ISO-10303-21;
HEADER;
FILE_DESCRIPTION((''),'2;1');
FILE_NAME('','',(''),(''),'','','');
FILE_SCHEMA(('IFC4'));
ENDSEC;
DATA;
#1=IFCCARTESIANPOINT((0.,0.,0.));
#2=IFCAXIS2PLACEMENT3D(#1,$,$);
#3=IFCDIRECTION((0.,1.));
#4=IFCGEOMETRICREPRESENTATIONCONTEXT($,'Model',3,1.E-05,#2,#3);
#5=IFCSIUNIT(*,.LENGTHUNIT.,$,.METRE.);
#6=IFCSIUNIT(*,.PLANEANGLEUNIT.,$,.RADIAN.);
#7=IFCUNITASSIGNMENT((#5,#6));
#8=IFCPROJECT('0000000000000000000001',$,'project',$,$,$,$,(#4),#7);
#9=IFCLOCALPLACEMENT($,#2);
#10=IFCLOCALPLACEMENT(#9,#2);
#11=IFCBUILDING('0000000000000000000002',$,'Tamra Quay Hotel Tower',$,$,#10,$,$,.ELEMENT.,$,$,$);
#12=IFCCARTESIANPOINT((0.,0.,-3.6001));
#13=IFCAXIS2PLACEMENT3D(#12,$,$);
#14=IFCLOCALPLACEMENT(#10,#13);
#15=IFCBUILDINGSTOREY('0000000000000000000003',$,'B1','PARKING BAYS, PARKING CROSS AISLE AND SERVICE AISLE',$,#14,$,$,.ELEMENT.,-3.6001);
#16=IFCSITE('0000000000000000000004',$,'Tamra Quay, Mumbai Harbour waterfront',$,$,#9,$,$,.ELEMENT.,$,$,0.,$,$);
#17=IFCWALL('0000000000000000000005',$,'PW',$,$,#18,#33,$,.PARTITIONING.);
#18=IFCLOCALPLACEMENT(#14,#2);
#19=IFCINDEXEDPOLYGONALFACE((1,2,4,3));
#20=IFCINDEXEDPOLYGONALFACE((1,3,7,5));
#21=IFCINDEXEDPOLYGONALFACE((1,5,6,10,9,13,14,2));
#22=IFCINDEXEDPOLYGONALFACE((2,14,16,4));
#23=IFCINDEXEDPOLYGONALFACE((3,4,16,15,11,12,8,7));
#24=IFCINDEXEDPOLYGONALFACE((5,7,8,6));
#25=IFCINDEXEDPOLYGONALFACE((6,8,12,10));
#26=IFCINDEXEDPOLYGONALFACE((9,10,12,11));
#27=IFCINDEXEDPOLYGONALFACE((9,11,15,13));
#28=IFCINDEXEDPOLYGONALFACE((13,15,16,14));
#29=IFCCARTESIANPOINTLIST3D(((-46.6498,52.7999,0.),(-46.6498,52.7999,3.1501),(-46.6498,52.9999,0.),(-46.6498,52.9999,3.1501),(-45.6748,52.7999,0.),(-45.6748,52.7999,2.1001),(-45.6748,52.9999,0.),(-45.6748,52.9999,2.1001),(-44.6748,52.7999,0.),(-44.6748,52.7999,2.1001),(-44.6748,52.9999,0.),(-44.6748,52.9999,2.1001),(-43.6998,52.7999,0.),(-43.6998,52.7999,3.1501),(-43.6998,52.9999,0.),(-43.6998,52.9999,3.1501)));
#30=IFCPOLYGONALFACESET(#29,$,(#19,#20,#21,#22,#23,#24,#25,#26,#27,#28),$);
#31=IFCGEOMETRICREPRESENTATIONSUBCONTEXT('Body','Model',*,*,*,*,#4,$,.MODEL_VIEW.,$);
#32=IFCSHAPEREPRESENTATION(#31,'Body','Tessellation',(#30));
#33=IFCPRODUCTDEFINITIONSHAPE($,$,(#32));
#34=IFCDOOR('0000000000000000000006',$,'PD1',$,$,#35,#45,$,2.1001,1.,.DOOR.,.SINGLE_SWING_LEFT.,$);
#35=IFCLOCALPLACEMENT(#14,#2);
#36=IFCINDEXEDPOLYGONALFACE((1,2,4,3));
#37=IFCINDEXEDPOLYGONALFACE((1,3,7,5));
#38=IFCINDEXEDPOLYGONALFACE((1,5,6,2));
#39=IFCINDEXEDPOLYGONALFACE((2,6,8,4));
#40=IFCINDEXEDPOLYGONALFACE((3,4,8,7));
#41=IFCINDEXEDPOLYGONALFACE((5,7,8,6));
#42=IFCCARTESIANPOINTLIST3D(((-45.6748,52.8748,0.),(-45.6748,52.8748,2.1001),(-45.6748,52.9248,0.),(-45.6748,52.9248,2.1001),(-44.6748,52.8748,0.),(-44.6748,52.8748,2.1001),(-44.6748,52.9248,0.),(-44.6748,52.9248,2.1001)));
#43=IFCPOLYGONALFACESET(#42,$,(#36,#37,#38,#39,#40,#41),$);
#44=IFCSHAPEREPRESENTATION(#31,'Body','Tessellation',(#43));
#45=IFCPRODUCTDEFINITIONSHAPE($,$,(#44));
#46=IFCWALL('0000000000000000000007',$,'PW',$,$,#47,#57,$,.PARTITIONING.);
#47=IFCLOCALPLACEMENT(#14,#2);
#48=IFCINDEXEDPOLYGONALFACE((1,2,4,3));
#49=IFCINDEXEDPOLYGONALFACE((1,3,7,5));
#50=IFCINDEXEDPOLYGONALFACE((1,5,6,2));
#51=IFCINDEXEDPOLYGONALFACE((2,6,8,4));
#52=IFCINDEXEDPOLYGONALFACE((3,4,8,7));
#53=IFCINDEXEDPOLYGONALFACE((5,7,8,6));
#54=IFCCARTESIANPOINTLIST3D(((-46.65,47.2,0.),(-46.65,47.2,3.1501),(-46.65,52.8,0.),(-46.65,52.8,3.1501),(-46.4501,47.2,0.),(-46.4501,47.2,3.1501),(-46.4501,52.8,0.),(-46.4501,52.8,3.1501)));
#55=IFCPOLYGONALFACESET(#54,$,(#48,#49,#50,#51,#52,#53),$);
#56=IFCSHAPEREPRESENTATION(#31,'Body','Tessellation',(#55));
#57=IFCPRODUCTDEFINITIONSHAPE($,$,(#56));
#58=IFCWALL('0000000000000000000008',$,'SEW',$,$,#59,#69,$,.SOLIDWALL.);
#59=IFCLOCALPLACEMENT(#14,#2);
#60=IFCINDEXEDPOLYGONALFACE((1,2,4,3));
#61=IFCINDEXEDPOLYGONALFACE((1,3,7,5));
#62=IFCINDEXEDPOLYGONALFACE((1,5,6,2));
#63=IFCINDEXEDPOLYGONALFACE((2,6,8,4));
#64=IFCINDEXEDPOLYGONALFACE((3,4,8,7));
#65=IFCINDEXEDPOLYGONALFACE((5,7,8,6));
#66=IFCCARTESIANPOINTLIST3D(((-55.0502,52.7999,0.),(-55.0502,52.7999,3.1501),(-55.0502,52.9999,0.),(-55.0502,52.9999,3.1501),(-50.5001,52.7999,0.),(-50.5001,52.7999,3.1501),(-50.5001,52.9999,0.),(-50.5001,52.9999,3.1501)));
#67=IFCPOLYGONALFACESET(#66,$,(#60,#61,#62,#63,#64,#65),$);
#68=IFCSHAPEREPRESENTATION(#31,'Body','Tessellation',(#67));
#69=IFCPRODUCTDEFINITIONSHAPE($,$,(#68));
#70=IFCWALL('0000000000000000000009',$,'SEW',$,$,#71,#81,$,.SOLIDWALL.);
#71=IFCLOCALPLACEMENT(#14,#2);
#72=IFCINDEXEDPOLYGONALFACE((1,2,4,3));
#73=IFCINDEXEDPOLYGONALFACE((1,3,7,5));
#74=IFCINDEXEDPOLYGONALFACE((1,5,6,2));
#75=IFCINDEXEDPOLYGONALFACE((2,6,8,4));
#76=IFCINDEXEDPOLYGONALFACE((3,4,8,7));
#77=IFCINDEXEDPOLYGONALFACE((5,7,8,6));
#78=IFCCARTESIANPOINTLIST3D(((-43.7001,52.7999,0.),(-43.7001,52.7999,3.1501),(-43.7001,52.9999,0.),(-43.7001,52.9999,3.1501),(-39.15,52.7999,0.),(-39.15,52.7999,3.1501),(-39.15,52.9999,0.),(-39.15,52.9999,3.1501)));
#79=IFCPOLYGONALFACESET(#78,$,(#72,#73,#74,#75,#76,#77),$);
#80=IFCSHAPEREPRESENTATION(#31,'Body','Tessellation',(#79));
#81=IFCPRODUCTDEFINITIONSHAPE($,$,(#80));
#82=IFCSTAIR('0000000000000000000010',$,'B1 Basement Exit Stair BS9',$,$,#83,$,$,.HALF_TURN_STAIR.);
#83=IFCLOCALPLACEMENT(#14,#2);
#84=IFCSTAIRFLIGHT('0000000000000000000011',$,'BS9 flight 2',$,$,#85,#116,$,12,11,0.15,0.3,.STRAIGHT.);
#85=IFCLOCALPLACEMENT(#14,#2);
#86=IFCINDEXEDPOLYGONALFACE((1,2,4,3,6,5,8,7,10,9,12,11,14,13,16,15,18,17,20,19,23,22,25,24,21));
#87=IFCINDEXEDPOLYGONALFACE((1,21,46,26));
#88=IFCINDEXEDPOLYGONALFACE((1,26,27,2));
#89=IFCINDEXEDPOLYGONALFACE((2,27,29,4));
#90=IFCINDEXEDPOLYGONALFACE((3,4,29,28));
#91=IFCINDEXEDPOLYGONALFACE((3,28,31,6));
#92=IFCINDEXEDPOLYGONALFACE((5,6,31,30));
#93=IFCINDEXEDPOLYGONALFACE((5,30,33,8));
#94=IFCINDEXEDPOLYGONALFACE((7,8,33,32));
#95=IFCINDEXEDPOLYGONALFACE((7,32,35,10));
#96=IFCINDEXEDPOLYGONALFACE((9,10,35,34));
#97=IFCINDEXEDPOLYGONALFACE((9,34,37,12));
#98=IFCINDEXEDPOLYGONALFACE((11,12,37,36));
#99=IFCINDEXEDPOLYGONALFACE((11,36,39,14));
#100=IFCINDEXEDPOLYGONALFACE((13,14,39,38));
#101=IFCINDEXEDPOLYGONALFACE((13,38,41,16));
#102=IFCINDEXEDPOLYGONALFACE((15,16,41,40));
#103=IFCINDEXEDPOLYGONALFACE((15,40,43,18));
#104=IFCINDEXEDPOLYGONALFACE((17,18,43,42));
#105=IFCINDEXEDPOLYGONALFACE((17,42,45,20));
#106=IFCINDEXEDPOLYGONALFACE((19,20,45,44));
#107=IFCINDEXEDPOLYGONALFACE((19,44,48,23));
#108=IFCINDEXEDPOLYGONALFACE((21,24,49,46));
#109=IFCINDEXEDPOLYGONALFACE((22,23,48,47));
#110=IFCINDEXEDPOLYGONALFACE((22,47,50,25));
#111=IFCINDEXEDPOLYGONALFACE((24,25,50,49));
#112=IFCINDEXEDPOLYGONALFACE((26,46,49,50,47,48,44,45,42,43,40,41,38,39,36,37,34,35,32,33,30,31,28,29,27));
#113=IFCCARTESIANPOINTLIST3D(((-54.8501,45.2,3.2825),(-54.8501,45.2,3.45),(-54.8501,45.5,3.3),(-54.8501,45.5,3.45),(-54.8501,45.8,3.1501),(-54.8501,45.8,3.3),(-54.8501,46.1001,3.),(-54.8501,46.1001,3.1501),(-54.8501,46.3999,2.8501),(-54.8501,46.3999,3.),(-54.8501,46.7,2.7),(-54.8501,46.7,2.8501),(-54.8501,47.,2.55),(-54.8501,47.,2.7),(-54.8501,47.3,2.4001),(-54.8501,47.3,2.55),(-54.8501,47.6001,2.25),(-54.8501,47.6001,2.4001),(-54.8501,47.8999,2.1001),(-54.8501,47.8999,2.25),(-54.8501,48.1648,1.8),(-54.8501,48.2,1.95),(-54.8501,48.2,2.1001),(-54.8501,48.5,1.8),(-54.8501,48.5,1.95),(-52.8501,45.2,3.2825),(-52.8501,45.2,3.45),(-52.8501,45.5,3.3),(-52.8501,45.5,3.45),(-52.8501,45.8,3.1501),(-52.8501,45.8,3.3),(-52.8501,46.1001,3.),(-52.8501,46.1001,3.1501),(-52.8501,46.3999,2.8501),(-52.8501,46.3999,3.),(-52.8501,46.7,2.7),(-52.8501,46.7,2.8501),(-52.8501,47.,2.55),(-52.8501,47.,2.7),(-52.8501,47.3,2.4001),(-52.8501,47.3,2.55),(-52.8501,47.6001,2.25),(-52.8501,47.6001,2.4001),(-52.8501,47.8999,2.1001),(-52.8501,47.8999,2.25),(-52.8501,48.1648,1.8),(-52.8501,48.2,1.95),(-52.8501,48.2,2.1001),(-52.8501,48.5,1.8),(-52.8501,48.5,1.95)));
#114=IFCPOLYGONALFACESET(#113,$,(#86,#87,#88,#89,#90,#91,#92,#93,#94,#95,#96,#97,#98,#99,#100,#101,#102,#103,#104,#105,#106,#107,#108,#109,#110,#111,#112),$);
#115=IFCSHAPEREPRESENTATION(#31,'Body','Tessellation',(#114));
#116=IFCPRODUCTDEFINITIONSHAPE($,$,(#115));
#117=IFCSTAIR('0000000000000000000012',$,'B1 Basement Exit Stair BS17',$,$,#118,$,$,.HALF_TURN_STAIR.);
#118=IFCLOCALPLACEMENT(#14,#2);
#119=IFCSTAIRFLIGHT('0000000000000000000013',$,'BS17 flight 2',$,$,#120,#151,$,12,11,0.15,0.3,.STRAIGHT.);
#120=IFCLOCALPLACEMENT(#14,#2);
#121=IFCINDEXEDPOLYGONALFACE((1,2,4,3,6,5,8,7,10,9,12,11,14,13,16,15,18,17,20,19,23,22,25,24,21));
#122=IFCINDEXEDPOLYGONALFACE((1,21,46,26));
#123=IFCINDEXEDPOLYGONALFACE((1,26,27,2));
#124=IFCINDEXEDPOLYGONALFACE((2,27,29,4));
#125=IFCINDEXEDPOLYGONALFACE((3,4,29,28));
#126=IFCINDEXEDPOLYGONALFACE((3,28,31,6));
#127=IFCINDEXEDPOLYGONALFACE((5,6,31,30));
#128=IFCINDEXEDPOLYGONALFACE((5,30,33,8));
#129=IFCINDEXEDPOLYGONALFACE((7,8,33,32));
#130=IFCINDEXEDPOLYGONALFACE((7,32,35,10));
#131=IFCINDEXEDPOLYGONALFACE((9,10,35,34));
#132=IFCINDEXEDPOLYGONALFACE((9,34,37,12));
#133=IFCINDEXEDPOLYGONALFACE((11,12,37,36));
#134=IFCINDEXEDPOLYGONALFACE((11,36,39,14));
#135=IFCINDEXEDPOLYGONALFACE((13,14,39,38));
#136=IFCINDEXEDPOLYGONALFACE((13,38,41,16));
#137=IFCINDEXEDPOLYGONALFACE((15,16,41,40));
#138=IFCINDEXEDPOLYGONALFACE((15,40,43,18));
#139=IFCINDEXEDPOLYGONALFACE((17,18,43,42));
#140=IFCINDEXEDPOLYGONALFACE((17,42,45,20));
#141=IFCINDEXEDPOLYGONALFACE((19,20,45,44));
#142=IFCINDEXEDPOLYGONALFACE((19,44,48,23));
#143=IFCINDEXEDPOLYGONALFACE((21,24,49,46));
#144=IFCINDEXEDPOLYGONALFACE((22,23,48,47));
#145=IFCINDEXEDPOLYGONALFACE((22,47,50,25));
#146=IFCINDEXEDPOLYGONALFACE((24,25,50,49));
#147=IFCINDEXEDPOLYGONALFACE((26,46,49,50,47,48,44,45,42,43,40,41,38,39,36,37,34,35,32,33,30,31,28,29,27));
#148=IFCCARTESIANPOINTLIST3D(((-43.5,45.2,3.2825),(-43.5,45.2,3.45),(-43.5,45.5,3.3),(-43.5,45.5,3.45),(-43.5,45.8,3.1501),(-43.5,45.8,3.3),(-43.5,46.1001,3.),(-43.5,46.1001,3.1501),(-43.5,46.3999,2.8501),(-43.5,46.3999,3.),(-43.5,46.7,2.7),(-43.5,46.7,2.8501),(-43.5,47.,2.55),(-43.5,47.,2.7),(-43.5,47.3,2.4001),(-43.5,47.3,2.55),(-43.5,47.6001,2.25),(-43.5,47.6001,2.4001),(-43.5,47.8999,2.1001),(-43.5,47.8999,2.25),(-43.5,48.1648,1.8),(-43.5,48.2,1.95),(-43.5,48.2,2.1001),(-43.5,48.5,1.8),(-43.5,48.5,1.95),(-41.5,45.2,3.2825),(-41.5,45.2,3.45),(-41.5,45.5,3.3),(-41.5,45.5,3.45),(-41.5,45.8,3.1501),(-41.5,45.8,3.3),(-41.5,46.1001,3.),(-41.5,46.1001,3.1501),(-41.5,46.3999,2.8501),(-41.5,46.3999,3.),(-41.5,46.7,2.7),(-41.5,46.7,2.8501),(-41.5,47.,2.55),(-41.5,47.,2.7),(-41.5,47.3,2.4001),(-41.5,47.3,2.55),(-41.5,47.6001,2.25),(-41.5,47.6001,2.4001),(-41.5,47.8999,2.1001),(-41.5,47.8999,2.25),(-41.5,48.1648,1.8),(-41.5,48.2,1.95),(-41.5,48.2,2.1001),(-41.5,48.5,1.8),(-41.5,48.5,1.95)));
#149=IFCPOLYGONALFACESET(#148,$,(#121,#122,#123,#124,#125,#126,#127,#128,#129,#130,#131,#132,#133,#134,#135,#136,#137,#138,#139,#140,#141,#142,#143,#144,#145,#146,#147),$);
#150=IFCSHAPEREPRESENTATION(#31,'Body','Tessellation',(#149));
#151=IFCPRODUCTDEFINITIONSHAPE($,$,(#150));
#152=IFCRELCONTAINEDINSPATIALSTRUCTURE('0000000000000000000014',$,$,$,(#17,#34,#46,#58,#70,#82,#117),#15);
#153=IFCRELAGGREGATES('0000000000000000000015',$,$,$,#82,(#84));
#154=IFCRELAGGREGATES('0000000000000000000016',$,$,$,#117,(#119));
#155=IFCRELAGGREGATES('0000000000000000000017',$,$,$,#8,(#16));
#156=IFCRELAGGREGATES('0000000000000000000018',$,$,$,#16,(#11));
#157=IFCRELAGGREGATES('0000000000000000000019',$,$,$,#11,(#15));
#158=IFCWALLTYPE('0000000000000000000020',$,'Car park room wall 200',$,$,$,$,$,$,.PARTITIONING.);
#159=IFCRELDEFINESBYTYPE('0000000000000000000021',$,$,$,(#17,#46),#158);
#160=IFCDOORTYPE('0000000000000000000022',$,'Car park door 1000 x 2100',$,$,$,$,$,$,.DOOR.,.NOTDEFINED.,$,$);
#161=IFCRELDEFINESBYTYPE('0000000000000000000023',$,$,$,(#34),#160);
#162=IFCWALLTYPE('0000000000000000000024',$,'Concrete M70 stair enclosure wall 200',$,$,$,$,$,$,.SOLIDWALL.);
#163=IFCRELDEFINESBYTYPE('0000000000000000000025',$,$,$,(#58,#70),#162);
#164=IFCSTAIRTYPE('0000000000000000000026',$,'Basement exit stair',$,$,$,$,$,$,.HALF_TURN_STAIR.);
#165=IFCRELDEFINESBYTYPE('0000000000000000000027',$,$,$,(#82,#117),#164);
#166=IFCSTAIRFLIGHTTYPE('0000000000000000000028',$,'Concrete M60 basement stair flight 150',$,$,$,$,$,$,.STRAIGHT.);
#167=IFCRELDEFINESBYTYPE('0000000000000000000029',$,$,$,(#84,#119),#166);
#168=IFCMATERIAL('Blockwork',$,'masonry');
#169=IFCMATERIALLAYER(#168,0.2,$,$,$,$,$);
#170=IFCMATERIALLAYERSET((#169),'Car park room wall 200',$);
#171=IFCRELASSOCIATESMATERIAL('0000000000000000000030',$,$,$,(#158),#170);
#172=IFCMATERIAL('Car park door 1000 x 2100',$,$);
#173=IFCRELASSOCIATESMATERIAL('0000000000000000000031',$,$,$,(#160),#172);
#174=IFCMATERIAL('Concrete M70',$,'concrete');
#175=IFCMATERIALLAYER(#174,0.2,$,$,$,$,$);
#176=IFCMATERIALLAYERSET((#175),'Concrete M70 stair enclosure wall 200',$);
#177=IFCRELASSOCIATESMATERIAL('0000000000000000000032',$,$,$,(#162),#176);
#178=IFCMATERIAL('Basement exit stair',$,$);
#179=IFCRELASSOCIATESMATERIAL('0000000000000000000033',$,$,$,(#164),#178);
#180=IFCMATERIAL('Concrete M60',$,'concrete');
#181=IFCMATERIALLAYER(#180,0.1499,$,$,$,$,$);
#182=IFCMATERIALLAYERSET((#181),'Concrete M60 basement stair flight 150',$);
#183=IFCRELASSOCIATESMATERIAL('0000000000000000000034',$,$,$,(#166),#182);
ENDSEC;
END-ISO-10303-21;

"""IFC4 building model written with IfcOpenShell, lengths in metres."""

from ifc_helpers import new_model, si_unit, direction, frame, frame_2d, origin, place, context, subcontext, project, spatial, polyline, rectangle, outline, extrude, material, layer, layer_set, type_object, element, fill, aggregate, save


model = new_model("IFC4")

# Units and contexts
model_context = context("Model", 3, precision=1e-05, world=origin(), true_north=direction((0.0, 1.0)))
body_context = subcontext(model_context, "Body", "Model", "MODEL_VIEW")
ifc_project = project(units=[si_unit("LENGTHUNIT", "METRE"), si_unit("PLANEANGLEUNIT", "RADIAN")], contexts=[model_context])

# Site, building, storey
site_placement = place(None, origin())
site = spatial("IfcSite", under=ifc_project, at=site_placement, Name="Tamra Quay, Mumbai Harbour waterfront", CompositionType="ELEMENT", RefElevation=0.0)
building_placement = place(site_placement, origin())
building = spatial("IfcBuilding", under=site, at=building_placement, Name="Tamra Quay Hotel Tower", CompositionType="ELEMENT")
storey_placement = place(building_placement, frame((0.0, 0.0, -3.6001)))
storey = spatial("IfcBuildingStorey", under=building, at=storey_placement, Name="B1", Description="PARKING BAYS, PARKING CROSS AISLE AND SERVICE AISLE", CompositionType="ELEMENT", Elevation=-3.6001)

# Shared definitions
ifc_material_1 = material(Name="Concrete M70", Category="concrete")

# Wall, opening, door
ifc_material_2 = material(Name="Blockwork", Category="masonry")
ifc_layer_1 = layer(ifc_material_2, 0.2)
ifc_layer_set_1 = layer_set([ifc_layer_1], Name="Car park room wall 200")
wall_type_1 = type_object("IfcWallType", Name="Car park room wall 200", PredefinedType="PARTITIONING", material=ifc_layer_set_1)
ifc_material_3 = material(Name="Car park door 1000 x 2100")
door_type = type_object("IfcDoorType", Name="Car park door 1000 x 2100", OperationType="NOTDEFINED", PredefinedType="DOOR", material=ifc_material_3)
wall_1_placement = place(storey_placement, frame((-46.6499, 52.8999, 0.0), z_axis=(0.0, 0.0, 1.0), x_axis=(1.0, 0.0, 0.0)))
wall_1 = element("IfcWall", 1, at=wall_1_placement, inside=storey, type_object=wall_type_1, Name="PW", PredefinedType="PARTITIONING", context=body_context, shape_type="SweptSolid", body=[
    extrude(rectangle(XDim=2.95, YDim=0.2, at=frame_2d((1.4751, 0.0))), origin(), (0.0, 0.0, 1.0), 3.1501),
])
opening_1_placement = place(wall_1_placement, frame((0.9751, 0.0, 0.0)))
opening_1 = element("IfcOpeningElement", 2, at=opening_1_placement, cuts=wall_1, PredefinedType="OPENING", context=body_context, shape_type="SweptSolid", body=[
    extrude(rectangle(XDim=1.0, YDim=2.1001, at=frame_2d((0.5, 1.05))), frame((0.0, 0.1099, 0.0), z_axis=(0.0, -1.0, 0.0), x_axis=(1.0, 0.0, 0.0)), (0.0, 0.0, 1.0), 0.22),
])
door_1_placement = place(opening_1_placement, origin())
door_1 = element("IfcDoor", 3, at=door_1_placement, inside=storey, type_object=door_type, Name="PD1", OperationType="SINGLE_SWING_LEFT", OverallHeight=2.1001, OverallWidth=1.0, PredefinedType="DOOR", context=body_context, shape_type="SweptSolid", body=[
    extrude(rectangle(XDim=1.0, YDim=2.1001, at=frame_2d((0.5, 1.05))), frame((0.0, 0.0249, 0.0), z_axis=(0.0, -1.0, 0.0), x_axis=(1.0, 0.0, 0.0)), (0.0, 0.0, 1.0), 0.05),
])
fill(opening_1, door_1)

# Walls
wall_2_placement = place(storey_placement, frame((-46.55, 47.2, 0.0), z_axis=(0.0, 0.0, 1.0), x_axis=(0.0, 1.0, 0.0)))
element("IfcWall", 4, at=wall_2_placement, inside=storey, type_object=wall_type_1, Name="PW", PredefinedType="PARTITIONING", context=body_context, shape_type="SweptSolid", body=[
    extrude(rectangle(XDim=5.6001, YDim=0.2, at=frame_2d((2.8, 0.0))), origin(), (0.0, 0.0, 1.0), 3.1501),
])
ifc_layer_2 = layer(ifc_material_1, 0.2)
ifc_layer_set_2 = layer_set([ifc_layer_2], Name="Concrete M70 stair enclosure wall 200")
wall_type_2 = type_object("IfcWallType", Name="Concrete M70 stair enclosure wall 200", PredefinedType="SOLIDWALL", material=ifc_layer_set_2)
for number, where, z_axis, x_axis, name in (
    (5, (-55.05, 52.8999, 0.0), (0.0, 0.0, 1.0), (1.0, 0.0, 0.0), "SEW"),
    (6, (-43.7, 52.8999, 0.0), (0.0, 0.0, 1.0), (1.0, 0.0, 0.0), "SEW"),
):
    element("IfcWall", number, at=place(storey_placement, frame(where, z_axis=z_axis, x_axis=x_axis)), inside=storey, type_object=wall_type_2, Name=name, PredefinedType="SOLIDWALL", context=body_context, shape_type="SweptSolid", body=[
        extrude(rectangle(XDim=4.55, YDim=0.2, at=frame_2d((2.2749, 0.0))), origin(), (0.0, 0.0, 1.0), 3.1501),
    ])

# Stairs, stair flights
ifc_material_4 = material(Name="Basement exit stair")
stair_type = type_object("IfcStairType", Name="Basement exit stair", PredefinedType="HALF_TURN_STAIR", material=ifc_material_4)
stair_1_placement = place(storey_placement, origin())
stair_1 = element("IfcStair", 7, at=stair_1_placement, inside=storey, type_object=stair_type, Name="B1 Basement Exit Stair BS9", PredefinedType="HALF_TURN_STAIR")
ifc_material_5 = material(Name="Concrete M60", Category="concrete")
ifc_layer_3 = layer(ifc_material_5, 0.1499)
ifc_layer_set_3 = layer_set([ifc_layer_3], Name="Concrete M60 basement stair flight 150")
stair_flight_type = type_object("IfcStairFlightType", Name="Concrete M60 basement stair flight 150", PredefinedType="STRAIGHT", material=ifc_layer_set_3)
stair_flight_1_placement = place(storey_placement, frame((-53.8501, 48.5, 1.8), z_axis=(0.0, 0.0, 1.0), x_axis=(0.0, -1.0, 0.0)))
stair_flight_1 = element("IfcStairFlight", 8, at=stair_flight_1_placement, type_object=stair_flight_type, Name="BS9 flight 2", NumberOfRisers=12, NumberOfTreads=11, PredefinedType="STRAIGHT", RiserHeight=0.15, TreadLength=0.3, context=body_context, shape_type="SweptSolid", body=[
    extrude(outline(polyline([(0.0, 0.0), (0.0, 0.1499), (0.3, 0.1499), (0.3, 0.3), (0.6001, 0.3), (0.6001, 0.45), (0.8999, 0.45), (0.8999, 0.6001), (1.2, 0.6001), (1.2, 0.75), (1.5, 0.75), (1.5, 0.8999), (1.8, 0.8999), (1.8, 1.05), (2.1001, 1.05), (2.1001, 1.2), (2.3999, 1.2), (2.3999, 1.3501), (2.7, 1.3501), (2.7, 1.5), (3.0, 1.5), (3.0, 1.6499), (3.3, 1.6499), (3.3, 1.8), (3.3, 1.4824), (0.3352, 0.0), (0.0, 0.0)])), frame((0.0, 1.0, 0.0), z_axis=(0.0, -1.0, 0.0), x_axis=(1.0, 0.0, 0.0)), (0.0, 0.0, 1.0), 2.0),
])
aggregate(stair_1, [stair_flight_1])
stair_2_placement = place(storey_placement, origin())
stair_2 = element("IfcStair", 9, at=stair_2_placement, inside=storey, type_object=stair_type, Name="B1 Basement Exit Stair BS17", PredefinedType="HALF_TURN_STAIR")
stair_flight_2_placement = place(storey_placement, frame((-42.5, 48.5, 1.8), z_axis=(0.0, 0.0, 1.0), x_axis=(0.0, -1.0, 0.0)))
stair_flight_2 = element("IfcStairFlight", 10, at=stair_flight_2_placement, type_object=stair_flight_type, Name="BS17 flight 2", NumberOfRisers=12, NumberOfTreads=11, PredefinedType="STRAIGHT", RiserHeight=0.15, TreadLength=0.3, context=body_context, shape_type="SweptSolid", body=[
    extrude(outline(polyline([(0.0, 0.0), (0.0, 0.1499), (0.3, 0.1499), (0.3, 0.3), (0.6001, 0.3), (0.6001, 0.45), (0.8999, 0.45), (0.8999, 0.6001), (1.2, 0.6001), (1.2, 0.75), (1.5, 0.75), (1.5, 0.8999), (1.8, 0.8999), (1.8, 1.05), (2.1001, 1.05), (2.1001, 1.2), (2.3999, 1.2), (2.3999, 1.3501), (2.7, 1.3501), (2.7, 1.5), (3.0, 1.5), (3.0, 1.6499), (3.3, 1.6499), (3.3, 1.8), (3.3, 1.4824), (0.3352, 0.0), (0.0, 0.0)])), frame((0.0, 1.0, 0.0), z_axis=(0.0, -1.0, 0.0), x_axis=(1.0, 0.0, 0.0)), (0.0, 0.0, 1.0), 2.0),
])
aggregate(stair_2, [stair_flight_2])

save(model, "model.ifc")
